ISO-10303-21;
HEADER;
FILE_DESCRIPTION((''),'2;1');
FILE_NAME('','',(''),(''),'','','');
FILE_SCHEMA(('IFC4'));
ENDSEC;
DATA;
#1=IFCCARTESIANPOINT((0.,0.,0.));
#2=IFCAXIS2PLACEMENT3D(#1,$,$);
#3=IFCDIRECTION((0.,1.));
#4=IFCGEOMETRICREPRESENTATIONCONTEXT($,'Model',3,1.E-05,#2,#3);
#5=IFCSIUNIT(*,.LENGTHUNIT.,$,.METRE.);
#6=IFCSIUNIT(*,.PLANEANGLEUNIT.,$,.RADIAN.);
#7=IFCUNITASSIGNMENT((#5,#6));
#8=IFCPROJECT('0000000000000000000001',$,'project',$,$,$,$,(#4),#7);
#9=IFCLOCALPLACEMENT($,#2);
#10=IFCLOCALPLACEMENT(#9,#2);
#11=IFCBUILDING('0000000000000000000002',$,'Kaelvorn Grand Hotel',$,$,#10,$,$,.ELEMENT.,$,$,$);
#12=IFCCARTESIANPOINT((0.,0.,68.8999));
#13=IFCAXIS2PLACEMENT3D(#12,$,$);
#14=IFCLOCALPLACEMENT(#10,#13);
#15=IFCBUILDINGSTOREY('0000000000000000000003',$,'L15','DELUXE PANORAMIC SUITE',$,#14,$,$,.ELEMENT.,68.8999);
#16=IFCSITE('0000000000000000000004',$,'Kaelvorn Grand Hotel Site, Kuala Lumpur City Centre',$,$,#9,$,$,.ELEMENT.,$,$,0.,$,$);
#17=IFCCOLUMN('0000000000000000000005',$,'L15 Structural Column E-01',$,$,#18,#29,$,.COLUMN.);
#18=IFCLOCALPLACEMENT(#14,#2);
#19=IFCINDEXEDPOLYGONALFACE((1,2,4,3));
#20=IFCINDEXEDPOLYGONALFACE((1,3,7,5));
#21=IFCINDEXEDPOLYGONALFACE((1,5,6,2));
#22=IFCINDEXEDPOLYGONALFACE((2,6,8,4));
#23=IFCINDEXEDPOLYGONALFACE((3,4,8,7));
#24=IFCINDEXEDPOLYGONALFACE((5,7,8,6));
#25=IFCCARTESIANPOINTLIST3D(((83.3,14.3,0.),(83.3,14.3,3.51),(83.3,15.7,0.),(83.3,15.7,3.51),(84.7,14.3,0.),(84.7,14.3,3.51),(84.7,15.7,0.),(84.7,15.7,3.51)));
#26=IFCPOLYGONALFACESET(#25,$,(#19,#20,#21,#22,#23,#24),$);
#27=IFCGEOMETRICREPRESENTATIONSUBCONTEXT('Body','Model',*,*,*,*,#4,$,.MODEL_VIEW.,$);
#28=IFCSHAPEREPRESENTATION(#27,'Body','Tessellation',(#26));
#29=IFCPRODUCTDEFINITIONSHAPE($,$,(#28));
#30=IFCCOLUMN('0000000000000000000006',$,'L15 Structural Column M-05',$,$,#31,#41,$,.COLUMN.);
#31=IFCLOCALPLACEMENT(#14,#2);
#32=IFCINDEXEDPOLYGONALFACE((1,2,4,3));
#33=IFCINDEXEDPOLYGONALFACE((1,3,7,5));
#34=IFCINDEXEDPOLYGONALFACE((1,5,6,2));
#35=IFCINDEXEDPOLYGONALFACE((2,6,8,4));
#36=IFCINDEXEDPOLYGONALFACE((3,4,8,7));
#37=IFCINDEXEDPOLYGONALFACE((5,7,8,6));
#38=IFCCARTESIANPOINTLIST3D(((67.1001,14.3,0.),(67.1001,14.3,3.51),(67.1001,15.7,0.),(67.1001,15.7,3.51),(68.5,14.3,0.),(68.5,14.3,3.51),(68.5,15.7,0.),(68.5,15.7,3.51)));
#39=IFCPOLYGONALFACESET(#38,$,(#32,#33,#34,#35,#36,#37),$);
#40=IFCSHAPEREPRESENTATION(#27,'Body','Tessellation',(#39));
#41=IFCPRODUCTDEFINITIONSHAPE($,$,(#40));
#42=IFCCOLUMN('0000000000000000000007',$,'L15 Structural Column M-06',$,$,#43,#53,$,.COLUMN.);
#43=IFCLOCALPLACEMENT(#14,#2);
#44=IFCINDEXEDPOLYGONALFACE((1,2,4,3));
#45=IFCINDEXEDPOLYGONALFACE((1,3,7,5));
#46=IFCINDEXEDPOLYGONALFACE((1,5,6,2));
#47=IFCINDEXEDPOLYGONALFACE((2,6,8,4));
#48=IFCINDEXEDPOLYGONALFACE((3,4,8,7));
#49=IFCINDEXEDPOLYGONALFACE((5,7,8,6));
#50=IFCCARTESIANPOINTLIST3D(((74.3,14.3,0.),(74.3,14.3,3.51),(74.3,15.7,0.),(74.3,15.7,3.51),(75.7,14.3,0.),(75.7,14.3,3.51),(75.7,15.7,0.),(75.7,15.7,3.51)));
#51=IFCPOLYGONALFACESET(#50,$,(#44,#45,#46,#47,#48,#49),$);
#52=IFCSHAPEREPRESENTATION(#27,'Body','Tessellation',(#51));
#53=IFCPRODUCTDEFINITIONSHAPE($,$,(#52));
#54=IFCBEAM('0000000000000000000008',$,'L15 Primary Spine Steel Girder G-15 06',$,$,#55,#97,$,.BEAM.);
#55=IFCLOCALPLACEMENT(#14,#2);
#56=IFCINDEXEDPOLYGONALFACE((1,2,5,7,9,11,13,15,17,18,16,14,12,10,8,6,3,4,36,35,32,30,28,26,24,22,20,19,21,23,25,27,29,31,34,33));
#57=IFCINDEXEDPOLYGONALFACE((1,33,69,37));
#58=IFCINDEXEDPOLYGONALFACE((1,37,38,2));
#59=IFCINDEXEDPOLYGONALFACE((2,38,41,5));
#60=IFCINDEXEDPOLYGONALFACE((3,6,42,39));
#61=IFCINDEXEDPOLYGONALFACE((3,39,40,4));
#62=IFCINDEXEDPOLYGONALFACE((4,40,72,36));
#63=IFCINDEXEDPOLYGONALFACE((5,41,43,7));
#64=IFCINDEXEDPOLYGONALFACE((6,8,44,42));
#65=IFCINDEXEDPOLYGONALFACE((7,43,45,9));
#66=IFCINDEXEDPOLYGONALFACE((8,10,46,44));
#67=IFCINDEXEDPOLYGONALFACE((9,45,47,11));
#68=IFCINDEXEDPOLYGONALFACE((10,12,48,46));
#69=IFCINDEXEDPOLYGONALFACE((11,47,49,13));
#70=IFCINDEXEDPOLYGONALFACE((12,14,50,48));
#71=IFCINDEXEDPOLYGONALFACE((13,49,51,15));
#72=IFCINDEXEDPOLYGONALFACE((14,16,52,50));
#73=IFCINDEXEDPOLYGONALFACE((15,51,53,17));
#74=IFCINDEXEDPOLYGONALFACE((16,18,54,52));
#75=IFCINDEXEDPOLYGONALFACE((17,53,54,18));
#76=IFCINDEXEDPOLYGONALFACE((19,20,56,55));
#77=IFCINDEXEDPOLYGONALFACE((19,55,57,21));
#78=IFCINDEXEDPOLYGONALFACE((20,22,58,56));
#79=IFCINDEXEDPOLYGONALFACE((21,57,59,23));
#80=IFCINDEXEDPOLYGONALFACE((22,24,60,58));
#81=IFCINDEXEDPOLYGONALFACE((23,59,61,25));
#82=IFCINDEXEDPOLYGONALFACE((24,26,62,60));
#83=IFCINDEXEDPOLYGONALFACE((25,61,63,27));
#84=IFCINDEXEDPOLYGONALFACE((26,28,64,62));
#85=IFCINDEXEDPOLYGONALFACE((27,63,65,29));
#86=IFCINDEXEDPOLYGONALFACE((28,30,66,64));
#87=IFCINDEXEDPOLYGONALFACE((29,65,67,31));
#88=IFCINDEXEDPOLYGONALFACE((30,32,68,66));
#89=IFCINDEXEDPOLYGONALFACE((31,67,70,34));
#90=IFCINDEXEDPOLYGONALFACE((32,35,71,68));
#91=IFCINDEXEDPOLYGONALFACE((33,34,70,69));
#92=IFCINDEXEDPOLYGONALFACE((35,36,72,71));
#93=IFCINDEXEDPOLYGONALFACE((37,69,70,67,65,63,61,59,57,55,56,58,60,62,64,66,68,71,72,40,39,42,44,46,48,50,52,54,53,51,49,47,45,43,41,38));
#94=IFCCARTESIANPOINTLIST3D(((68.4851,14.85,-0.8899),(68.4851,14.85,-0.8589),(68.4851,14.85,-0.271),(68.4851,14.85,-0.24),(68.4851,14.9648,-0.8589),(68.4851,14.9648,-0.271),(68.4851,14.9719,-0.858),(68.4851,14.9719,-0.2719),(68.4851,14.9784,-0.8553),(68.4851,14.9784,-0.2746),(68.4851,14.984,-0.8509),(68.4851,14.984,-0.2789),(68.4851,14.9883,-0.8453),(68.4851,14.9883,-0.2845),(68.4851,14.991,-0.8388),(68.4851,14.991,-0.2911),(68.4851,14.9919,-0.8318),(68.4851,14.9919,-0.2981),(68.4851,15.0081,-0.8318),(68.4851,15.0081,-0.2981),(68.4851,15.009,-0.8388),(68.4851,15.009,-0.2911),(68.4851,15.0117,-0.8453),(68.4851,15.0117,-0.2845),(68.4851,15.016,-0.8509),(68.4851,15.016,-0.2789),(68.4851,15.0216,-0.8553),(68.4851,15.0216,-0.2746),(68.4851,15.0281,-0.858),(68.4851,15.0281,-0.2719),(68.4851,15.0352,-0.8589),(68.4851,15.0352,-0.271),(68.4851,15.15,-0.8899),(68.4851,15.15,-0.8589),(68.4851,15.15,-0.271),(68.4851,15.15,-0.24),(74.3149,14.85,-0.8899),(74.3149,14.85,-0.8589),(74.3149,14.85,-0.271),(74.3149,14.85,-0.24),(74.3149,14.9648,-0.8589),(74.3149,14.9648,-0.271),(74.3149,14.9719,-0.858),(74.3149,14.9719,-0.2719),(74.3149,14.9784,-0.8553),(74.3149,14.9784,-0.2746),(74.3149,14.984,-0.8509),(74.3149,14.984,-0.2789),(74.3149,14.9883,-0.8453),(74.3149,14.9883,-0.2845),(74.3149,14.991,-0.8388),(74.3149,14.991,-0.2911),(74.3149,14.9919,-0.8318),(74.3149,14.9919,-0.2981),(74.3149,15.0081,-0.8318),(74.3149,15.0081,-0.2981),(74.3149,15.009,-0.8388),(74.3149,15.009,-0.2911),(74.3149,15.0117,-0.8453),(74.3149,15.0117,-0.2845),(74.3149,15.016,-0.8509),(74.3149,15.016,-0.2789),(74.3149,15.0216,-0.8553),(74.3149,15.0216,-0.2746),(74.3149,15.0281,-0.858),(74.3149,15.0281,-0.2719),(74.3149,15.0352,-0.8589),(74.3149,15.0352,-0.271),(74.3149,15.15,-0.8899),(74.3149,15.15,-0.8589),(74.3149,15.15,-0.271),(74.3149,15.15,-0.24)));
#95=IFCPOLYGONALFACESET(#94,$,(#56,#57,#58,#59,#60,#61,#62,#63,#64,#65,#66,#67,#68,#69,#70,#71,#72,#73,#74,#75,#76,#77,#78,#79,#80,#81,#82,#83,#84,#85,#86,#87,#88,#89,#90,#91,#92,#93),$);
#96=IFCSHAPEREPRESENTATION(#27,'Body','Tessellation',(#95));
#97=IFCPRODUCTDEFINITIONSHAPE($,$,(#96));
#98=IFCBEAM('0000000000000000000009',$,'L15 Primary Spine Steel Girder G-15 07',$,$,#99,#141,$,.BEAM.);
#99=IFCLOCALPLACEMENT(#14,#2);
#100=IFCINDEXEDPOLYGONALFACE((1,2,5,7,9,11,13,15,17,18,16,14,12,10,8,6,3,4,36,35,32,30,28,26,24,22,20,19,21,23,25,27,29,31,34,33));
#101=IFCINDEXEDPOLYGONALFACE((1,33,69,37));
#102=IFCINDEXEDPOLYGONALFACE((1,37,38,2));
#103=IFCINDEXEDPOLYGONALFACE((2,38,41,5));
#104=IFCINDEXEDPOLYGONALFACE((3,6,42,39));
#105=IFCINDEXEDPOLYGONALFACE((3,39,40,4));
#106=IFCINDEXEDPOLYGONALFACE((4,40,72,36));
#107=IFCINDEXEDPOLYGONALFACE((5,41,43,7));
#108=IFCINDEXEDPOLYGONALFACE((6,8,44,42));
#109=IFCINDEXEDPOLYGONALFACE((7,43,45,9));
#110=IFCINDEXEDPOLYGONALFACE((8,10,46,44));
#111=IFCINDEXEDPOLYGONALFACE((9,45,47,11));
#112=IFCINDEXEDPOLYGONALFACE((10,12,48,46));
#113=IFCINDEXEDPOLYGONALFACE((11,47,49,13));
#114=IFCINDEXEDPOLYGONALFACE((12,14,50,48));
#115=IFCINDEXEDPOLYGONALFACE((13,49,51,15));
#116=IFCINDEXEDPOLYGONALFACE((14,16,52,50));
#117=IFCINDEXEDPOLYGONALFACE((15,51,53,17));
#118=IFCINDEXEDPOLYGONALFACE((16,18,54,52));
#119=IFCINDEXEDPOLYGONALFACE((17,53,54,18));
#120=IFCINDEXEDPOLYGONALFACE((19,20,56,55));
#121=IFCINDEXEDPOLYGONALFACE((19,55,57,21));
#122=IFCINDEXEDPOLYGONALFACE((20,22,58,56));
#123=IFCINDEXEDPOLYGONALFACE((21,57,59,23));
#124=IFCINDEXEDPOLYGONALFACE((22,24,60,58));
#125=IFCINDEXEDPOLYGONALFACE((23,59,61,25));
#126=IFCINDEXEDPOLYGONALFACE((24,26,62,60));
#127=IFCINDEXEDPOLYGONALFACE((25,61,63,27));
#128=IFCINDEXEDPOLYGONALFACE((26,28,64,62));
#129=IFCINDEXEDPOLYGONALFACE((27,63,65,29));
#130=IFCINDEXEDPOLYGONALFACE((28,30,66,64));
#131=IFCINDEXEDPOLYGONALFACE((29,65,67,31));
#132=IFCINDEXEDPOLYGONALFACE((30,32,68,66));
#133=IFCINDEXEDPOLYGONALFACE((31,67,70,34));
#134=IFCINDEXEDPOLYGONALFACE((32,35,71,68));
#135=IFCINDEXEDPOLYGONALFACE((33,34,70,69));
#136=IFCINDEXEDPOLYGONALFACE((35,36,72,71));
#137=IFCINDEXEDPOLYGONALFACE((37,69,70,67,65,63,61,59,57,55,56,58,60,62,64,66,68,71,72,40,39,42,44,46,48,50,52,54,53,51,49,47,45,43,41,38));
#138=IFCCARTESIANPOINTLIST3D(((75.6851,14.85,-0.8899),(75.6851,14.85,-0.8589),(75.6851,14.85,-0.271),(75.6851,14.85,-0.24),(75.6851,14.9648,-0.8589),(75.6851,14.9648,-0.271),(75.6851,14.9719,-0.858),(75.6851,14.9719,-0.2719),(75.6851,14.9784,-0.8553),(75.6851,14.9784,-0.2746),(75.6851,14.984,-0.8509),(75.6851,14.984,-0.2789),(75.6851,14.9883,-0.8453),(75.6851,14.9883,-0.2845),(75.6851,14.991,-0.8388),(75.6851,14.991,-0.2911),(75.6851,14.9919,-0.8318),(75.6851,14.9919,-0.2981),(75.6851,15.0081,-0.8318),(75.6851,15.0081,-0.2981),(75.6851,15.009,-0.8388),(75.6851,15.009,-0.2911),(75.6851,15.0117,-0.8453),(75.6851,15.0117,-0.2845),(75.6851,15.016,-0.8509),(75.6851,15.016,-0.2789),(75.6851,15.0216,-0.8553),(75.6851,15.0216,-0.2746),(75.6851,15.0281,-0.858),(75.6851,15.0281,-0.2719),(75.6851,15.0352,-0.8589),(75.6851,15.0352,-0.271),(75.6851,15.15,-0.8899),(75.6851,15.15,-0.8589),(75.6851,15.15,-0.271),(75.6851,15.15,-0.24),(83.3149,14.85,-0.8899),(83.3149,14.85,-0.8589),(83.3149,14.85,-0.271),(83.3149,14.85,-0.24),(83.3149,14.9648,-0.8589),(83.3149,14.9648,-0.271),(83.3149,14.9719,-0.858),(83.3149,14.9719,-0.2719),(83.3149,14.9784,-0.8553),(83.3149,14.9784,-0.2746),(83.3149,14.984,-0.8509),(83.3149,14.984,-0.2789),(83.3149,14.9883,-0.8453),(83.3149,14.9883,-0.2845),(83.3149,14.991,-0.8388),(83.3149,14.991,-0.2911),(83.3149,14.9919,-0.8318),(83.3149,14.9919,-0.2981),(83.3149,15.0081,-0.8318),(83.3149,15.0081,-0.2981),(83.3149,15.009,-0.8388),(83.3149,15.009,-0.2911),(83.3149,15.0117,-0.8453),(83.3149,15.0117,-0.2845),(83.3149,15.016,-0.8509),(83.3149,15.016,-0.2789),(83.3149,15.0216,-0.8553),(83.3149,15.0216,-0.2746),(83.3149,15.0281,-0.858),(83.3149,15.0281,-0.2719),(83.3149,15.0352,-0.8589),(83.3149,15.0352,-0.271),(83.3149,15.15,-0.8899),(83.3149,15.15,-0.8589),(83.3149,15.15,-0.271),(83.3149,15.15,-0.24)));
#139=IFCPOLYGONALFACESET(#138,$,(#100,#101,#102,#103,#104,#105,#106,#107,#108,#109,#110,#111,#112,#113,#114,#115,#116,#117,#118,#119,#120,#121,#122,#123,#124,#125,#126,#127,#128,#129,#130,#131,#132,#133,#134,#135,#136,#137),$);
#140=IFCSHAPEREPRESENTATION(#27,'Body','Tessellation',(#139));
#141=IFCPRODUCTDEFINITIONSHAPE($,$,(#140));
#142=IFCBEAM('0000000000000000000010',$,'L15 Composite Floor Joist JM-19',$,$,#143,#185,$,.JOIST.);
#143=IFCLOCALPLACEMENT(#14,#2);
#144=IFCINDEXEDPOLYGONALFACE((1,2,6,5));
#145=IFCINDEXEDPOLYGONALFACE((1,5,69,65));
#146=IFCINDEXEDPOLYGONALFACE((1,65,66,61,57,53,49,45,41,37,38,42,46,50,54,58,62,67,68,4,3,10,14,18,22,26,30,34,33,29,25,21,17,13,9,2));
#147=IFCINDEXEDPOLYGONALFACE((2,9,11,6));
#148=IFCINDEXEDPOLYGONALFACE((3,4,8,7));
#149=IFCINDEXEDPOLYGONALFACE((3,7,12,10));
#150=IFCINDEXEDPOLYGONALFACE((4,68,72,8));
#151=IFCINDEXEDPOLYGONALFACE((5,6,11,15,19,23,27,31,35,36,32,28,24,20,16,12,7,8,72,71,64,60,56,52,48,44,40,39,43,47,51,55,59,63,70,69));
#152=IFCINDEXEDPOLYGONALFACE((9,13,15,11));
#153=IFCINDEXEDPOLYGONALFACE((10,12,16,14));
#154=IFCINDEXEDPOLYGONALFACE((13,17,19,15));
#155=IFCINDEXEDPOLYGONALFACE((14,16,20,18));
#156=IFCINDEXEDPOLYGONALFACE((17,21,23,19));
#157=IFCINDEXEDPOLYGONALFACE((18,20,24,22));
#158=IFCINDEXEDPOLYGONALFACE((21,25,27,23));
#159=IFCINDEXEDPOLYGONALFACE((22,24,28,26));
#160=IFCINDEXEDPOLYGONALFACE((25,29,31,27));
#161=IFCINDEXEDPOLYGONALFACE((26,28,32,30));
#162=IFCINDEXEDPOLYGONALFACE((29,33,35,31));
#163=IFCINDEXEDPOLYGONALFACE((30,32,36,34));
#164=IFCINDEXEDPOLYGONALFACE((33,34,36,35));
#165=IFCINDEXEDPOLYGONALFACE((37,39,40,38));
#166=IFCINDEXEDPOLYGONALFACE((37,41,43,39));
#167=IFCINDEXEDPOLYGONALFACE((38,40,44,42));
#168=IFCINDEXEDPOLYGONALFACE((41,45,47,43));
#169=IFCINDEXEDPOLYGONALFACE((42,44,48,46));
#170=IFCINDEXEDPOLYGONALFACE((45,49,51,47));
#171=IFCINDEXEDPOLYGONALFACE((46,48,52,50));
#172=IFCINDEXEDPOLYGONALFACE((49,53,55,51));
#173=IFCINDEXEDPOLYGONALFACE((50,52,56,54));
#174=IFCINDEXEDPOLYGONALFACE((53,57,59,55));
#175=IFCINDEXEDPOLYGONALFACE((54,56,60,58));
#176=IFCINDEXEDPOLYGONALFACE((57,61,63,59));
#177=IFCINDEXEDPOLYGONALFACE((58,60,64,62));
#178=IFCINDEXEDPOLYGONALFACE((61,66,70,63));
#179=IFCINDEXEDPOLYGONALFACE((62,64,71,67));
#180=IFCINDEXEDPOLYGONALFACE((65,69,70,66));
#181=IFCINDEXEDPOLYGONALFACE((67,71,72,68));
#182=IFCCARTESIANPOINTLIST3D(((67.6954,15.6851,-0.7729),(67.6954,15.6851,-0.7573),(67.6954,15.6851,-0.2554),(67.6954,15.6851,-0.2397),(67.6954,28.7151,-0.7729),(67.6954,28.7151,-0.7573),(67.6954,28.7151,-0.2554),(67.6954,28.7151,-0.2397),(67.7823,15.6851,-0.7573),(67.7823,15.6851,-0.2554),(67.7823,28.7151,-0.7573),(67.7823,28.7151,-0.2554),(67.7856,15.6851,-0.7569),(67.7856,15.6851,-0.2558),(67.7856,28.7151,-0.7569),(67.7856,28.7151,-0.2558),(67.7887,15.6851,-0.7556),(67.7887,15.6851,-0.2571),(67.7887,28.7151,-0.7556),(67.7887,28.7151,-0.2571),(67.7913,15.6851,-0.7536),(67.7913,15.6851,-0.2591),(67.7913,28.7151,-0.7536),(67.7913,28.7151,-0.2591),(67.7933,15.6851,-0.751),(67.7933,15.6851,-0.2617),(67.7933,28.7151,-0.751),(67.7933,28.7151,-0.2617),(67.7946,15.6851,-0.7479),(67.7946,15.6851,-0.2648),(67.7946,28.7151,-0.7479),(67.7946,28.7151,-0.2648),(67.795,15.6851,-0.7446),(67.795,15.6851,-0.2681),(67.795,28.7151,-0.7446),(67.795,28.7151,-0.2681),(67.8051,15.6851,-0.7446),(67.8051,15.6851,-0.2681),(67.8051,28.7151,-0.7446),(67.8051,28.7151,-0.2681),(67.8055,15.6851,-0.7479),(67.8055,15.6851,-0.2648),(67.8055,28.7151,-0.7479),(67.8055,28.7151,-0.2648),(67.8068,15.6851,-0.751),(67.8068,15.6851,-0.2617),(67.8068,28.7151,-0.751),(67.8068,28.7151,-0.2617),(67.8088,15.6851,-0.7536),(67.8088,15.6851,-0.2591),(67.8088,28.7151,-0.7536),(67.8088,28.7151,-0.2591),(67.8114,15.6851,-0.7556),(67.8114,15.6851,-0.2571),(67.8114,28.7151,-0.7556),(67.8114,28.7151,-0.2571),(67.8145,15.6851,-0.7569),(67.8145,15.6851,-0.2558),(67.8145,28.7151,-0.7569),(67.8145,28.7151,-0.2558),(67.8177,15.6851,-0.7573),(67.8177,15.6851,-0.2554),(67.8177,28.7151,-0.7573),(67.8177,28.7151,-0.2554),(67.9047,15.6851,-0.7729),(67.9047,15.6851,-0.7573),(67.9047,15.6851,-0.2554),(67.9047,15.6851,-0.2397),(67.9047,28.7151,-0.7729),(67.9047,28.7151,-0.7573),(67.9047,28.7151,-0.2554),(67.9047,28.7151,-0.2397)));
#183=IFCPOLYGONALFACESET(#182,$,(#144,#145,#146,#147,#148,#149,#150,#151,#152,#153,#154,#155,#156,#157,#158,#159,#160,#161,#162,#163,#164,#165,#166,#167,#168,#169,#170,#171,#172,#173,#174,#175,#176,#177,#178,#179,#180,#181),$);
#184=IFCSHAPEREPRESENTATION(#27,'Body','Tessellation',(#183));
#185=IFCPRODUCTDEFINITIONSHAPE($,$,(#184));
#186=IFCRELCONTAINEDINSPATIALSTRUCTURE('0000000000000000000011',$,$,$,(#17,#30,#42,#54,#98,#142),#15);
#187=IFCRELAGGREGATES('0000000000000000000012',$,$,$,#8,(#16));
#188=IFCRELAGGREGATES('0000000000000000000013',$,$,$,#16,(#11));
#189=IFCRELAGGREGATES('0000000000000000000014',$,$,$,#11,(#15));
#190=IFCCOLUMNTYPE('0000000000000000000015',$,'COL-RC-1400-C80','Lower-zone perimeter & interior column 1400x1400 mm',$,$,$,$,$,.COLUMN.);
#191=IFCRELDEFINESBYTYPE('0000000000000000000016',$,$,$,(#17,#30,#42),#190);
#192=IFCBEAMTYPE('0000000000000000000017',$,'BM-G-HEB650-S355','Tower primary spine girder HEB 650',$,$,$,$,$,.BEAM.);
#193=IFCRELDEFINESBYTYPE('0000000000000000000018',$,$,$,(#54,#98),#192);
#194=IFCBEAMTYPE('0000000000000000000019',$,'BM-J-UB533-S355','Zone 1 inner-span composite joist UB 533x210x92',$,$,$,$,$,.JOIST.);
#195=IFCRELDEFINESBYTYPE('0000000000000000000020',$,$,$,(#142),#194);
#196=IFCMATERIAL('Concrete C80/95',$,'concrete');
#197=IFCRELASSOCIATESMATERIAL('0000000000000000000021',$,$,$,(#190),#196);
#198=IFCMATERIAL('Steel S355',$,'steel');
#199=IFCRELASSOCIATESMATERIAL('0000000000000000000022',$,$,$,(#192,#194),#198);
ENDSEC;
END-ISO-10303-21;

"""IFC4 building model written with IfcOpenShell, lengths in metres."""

from ifc_helpers import new_model, si_unit, direction, frame, origin, origin_2d, place, context, subcontext, project, spatial, rectangle, i_section, extrude, material, material_profile, profile_set, type_object, element, save


model = new_model("IFC4")

# Units and contexts
model_context = context("Model", 3, precision=1e-05, world=origin(), true_north=direction((0.0, 1.0)))
body_context = subcontext(model_context, "Body", "Model", "MODEL_VIEW")
ifc_project = project(units=[si_unit("LENGTHUNIT", "METRE"), si_unit("PLANEANGLEUNIT", "RADIAN")], contexts=[model_context])

# Site, building, storey
site_placement = place(None, origin())
site = spatial("IfcSite", under=ifc_project, at=site_placement, Name="Kaelvorn Grand Hotel Site, Kuala Lumpur City Centre", CompositionType="ELEMENT", RefElevation=0.0)
building_placement = place(site_placement, origin())
building = spatial("IfcBuilding", under=site, at=building_placement, Name="Kaelvorn Grand Hotel", CompositionType="ELEMENT")
storey_placement = place(building_placement, frame((0.0, 0.0, 68.8999)))
storey = spatial("IfcBuildingStorey", under=building, at=storey_placement, Name="L15", Description="DELUXE PANORAMIC SUITE", CompositionType="ELEMENT", Elevation=68.8999)

# Columns
ifc_material_1 = material(Name="Concrete C80/95", Category="concrete")
ifc_material_profile_1 = material_profile(ifc_material_1, rectangle(XDim=1.3999, YDim=1.3999, at=origin_2d()), Name="RC COL 1400x1400")
ifc_profile_set_1 = profile_set([ifc_material_profile_1], Name="Concrete C80/95")
column_type = type_object("IfcColumnType", Name="COL-RC-1400-C80", Description="Lower-zone perimeter & interior column 1400x1400 mm", PredefinedType="COLUMN", material=ifc_profile_set_1)
for number, where, z_axis, x_axis, name in (
    (1, (84.0, 15.0, 0.0), (0.0, 0.0, 1.0), (1.0, 0.0, 0.0), "L15 Structural Column E-01"),
    (2, (67.8, 15.0, 0.0), (0.0, 0.0, 1.0), (1.0, 0.0, 0.0), "L15 Structural Column M-05"),
    (3, (75.0, 15.0, 0.0), (0.0, 0.0, 1.0), (1.0, 0.0, 0.0), "L15 Structural Column M-06"),
):
    element("IfcColumn", number, at=place(storey_placement, frame(where, z_axis=z_axis, x_axis=x_axis)), inside=storey, type_object=column_type, Name=name, PredefinedType="COLUMN", context=body_context, shape_type="SweptSolid", body=[
        extrude(rectangle(XDim=1.3999, YDim=1.3999, at=origin_2d()), origin(), (0.0, 0.0, 1.0), 3.51),
    ])

# Beams
ifc_material_2 = material(Name="Steel S355", Category="steel")
ifc_material_profile_2 = material_profile(ifc_material_2, i_section(OverallWidth=0.3, OverallDepth=0.6499, WebThickness=0.0161, FlangeThickness=0.031, FilletRadius=0.0271, at=origin_2d()), Name="HEB 650")
ifc_profile_set_2 = profile_set([ifc_material_profile_2], Name="Steel S355")
beam_type_1 = type_object("IfcBeamType", Name="BM-G-HEB650-S355", Description="Tower primary spine girder HEB 650", PredefinedType="BEAM", material=ifc_profile_set_2)
beam_1_placement = place(storey_placement, frame((68.4851, 15.0, -0.5649), z_axis=(1.0, 0.0, 0.0), x_axis=(0.0, 1.0, 0.0)))
element("IfcBeam", 4, at=beam_1_placement, inside=storey, type_object=beam_type_1, Name="L15 Primary Spine Steel Girder G-15 06", PredefinedType="BEAM", context=body_context, shape_type="SweptSolid", body=[
    extrude(i_section(OverallWidth=0.3, OverallDepth=0.6499, WebThickness=0.0161, FlangeThickness=0.031, FilletRadius=0.0271, at=origin_2d()), origin(), (0.0, 0.0, 1.0), 5.8298),
])
beam_2_placement = place(storey_placement, frame((75.6851, 15.0, -0.5649), z_axis=(1.0, 0.0, 0.0), x_axis=(0.0, 1.0, 0.0)))
element("IfcBeam", 5, at=beam_2_placement, inside=storey, type_object=beam_type_1, Name="L15 Primary Spine Steel Girder G-15 07", PredefinedType="BEAM", context=body_context, shape_type="SweptSolid", body=[
    extrude(i_section(OverallWidth=0.3, OverallDepth=0.6499, WebThickness=0.0161, FlangeThickness=0.031, FilletRadius=0.0271, at=origin_2d()), origin(), (0.0, 0.0, 1.0), 7.6299),
])
ifc_material_profile_3 = material_profile(ifc_material_2, i_section(OverallWidth=0.2092, OverallDepth=0.5332, WebThickness=0.01, FlangeThickness=0.0156, FilletRadius=0.0127, at=origin_2d()), Name="UB 533x210x92")
ifc_profile_set_3 = profile_set([ifc_material_profile_3], Name="Steel S355")
beam_type_2 = type_object("IfcBeamType", Name="BM-J-UB533-S355", Description="Zone 1 inner-span composite joist UB 533x210x92", PredefinedType="JOIST", material=ifc_profile_set_3)
beam_3_placement = place(storey_placement, frame((67.8, 15.6851, -0.5063), z_axis=(0.0, 1.0, 0.0), x_axis=(-1.0, 0.0, 0.0)))
element("IfcBeam", 6, at=beam_3_placement, inside=storey, type_object=beam_type_2, Name="L15 Composite Floor Joist JM-19", PredefinedType="JOIST", context=body_context, shape_type="SweptSolid", body=[
    extrude(i_section(OverallWidth=0.2092, OverallDepth=0.5332, WebThickness=0.01, FlangeThickness=0.0156, FilletRadius=0.0127, at=origin_2d()), origin(), (0.0, 0.0, 1.0), 13.03),
])

save(model, "model.ifc")
